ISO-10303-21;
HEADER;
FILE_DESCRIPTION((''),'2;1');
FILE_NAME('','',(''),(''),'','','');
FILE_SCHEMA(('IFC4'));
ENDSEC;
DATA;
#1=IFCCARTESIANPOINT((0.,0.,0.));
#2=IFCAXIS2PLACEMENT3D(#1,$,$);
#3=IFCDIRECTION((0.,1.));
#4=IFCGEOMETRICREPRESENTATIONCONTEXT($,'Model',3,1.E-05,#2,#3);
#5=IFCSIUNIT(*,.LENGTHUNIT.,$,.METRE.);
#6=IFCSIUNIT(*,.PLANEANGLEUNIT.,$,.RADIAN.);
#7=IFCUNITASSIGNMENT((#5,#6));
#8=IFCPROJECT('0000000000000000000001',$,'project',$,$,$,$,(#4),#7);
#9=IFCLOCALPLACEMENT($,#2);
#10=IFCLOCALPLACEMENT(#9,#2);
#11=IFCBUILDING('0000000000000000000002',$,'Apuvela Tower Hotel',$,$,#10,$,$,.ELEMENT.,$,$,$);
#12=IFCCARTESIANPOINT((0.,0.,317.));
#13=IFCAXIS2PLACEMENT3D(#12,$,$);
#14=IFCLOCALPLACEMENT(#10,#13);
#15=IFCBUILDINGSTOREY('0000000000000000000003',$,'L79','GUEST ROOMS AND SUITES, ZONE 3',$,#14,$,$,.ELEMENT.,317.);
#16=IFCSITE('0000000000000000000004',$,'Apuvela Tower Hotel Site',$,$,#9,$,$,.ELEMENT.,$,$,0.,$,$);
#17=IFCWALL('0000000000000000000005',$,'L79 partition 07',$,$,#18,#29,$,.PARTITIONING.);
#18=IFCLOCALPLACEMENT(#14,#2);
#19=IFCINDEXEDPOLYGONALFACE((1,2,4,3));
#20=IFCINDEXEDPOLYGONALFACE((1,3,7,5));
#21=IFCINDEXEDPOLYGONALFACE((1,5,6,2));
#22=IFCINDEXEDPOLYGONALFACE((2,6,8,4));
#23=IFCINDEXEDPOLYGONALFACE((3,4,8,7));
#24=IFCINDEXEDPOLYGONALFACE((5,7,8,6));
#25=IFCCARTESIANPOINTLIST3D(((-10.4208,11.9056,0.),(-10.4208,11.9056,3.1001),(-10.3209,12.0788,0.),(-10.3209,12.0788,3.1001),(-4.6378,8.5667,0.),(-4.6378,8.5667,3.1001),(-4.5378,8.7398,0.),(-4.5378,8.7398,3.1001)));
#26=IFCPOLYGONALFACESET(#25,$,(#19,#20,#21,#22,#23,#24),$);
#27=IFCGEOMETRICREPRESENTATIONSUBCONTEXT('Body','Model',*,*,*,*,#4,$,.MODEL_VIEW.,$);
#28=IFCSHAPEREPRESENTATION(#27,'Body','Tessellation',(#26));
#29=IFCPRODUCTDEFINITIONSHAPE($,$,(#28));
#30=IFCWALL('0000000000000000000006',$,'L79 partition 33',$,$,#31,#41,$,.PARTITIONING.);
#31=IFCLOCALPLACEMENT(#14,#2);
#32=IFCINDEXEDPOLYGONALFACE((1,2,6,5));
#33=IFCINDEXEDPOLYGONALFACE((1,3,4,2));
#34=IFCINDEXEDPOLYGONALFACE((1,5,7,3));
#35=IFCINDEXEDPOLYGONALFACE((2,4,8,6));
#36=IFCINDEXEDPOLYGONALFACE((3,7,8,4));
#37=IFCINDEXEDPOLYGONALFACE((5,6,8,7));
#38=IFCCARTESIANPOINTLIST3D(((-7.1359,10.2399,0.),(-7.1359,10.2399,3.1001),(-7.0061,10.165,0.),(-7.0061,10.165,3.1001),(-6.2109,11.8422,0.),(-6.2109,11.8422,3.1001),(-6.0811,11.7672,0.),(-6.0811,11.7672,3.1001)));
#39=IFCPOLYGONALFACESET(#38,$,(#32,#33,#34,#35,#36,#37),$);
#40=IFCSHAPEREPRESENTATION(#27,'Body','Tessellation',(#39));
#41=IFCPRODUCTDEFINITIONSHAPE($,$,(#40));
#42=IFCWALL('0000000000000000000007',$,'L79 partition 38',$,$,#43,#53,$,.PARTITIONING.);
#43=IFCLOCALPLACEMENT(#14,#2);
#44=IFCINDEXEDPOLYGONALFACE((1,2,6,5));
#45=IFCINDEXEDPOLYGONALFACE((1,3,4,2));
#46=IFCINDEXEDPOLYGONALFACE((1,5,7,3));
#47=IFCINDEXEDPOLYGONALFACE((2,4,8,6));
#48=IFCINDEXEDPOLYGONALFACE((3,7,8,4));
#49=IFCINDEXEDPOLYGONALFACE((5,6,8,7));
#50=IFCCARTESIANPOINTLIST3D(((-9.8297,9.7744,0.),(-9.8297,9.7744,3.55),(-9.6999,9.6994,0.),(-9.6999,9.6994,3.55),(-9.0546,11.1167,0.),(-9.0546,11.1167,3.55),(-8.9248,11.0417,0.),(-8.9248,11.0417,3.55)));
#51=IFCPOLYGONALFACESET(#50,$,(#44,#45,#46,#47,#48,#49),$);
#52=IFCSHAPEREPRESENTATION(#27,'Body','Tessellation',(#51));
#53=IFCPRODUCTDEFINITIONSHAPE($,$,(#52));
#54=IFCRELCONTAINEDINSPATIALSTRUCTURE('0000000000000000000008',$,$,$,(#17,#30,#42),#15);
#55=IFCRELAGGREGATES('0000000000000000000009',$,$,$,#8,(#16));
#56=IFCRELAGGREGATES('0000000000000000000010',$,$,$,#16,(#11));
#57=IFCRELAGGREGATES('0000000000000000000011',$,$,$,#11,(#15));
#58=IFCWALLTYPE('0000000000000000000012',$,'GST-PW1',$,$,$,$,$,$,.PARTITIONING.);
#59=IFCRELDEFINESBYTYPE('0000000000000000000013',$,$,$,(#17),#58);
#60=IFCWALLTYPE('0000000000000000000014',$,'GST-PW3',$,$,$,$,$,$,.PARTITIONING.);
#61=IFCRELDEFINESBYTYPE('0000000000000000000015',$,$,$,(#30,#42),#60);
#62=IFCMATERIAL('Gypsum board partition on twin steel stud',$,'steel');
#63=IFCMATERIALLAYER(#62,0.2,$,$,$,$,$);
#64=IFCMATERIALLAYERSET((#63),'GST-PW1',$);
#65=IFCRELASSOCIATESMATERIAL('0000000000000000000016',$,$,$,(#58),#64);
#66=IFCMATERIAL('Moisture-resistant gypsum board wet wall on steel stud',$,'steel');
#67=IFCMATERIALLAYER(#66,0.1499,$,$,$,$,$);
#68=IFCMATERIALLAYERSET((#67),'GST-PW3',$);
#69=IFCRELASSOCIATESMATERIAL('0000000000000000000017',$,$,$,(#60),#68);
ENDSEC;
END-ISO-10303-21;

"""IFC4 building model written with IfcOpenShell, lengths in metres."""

from ifc_helpers import new_model, si_unit, direction, frame, frame_2d, origin, place, context, subcontext, project, spatial, rectangle, extrude, material, layer, layer_set, type_object, element, save


model = new_model("IFC4")

# Units and contexts
model_context = context("Model", 3, precision=1e-05, world=origin(), true_north=direction((0.0, 1.0)))
body_context = subcontext(model_context, "Body", "Model", "MODEL_VIEW")
ifc_project = project(units=[si_unit("LENGTHUNIT", "METRE"), si_unit("PLANEANGLEUNIT", "RADIAN")], contexts=[model_context])

# Site, building, storey
site_placement = place(None, origin())
site = spatial("IfcSite", under=ifc_project, at=site_placement, Name="Apuvela Tower Hotel Site", CompositionType="ELEMENT", RefElevation=0.0)
building_placement = place(site_placement, origin())
building = spatial("IfcBuilding", under=site, at=building_placement, Name="Apuvela Tower Hotel", CompositionType="ELEMENT")
storey_placement = place(building_placement, frame((0.0, 0.0, 317.0)))
storey = spatial("IfcBuildingStorey", under=building, at=storey_placement, Name="L79", Description="GUEST ROOMS AND SUITES, ZONE 3", CompositionType="ELEMENT", Elevation=317.0)

# Walls
ifc_material_1 = material(Name="Gypsum board partition on twin steel stud", Category="steel")
ifc_layer_1 = layer(ifc_material_1, 0.2)
ifc_layer_set_1 = layer_set([ifc_layer_1], Name="GST-PW1")
wall_type_1 = type_object("IfcWallType", Name="GST-PW1", PredefinedType="PARTITIONING", material=ifc_layer_set_1)
wall_1_placement = place(storey_placement, frame((-10.3708, 11.9922, 0.0), z_axis=(0.0, 0.0, 1.0), x_axis=(0.866021, -0.500008, 0.0)))
element("IfcWall", 1, at=wall_1_placement, inside=storey, type_object=wall_type_1, Name="L79 partition 07", PredefinedType="PARTITIONING", context=body_context, shape_type="SweptSolid", body=[
    extrude(rectangle(XDim=6.6777, YDim=0.2, at=frame_2d((3.3389, 0.0))), origin(), (0.0, 0.0, 1.0), 3.1001),
])
ifc_material_2 = material(Name="Moisture-resistant gypsum board wet wall on steel stud", Category="steel")
ifc_layer_2 = layer(ifc_material_2, 0.1499)
ifc_layer_set_2 = layer_set([ifc_layer_2], Name="GST-PW3")
wall_type_2 = type_object("IfcWallType", Name="GST-PW3", PredefinedType="PARTITIONING", material=ifc_layer_set_2)
wall_2_placement = place(storey_placement, frame((-6.146, 11.8047, 0.0), z_axis=(0.0, 0.0, 1.0), x_axis=(-0.499985, -0.866034, 0.0)))
element("IfcWall", 2, at=wall_2_placement, inside=storey, type_object=wall_type_2, Name="L79 partition 33", PredefinedType="PARTITIONING", context=body_context, shape_type="SweptSolid", body=[
    extrude(rectangle(XDim=1.8501, YDim=0.1499, at=frame_2d((0.925, 0.0))), origin(), (0.0, 0.0, 1.0), 3.1001),
])
wall_3_placement = place(storey_placement, frame((-8.9897, 11.0791, 0.0), z_axis=(0.0, 0.0, 1.0), x_axis=(-0.500086, -0.865976, 0.0)))
element("IfcWall", 3, at=wall_3_placement, inside=storey, type_object=wall_type_2, Name="L79 partition 38", PredefinedType="PARTITIONING", context=body_context, shape_type="SweptSolid", body=[
    extrude(rectangle(XDim=1.55, YDim=0.1499, at=frame_2d((0.7749, 0.0))), origin(), (0.0, 0.0, 1.0), 3.55),
])

save(model, "model.ifc")
